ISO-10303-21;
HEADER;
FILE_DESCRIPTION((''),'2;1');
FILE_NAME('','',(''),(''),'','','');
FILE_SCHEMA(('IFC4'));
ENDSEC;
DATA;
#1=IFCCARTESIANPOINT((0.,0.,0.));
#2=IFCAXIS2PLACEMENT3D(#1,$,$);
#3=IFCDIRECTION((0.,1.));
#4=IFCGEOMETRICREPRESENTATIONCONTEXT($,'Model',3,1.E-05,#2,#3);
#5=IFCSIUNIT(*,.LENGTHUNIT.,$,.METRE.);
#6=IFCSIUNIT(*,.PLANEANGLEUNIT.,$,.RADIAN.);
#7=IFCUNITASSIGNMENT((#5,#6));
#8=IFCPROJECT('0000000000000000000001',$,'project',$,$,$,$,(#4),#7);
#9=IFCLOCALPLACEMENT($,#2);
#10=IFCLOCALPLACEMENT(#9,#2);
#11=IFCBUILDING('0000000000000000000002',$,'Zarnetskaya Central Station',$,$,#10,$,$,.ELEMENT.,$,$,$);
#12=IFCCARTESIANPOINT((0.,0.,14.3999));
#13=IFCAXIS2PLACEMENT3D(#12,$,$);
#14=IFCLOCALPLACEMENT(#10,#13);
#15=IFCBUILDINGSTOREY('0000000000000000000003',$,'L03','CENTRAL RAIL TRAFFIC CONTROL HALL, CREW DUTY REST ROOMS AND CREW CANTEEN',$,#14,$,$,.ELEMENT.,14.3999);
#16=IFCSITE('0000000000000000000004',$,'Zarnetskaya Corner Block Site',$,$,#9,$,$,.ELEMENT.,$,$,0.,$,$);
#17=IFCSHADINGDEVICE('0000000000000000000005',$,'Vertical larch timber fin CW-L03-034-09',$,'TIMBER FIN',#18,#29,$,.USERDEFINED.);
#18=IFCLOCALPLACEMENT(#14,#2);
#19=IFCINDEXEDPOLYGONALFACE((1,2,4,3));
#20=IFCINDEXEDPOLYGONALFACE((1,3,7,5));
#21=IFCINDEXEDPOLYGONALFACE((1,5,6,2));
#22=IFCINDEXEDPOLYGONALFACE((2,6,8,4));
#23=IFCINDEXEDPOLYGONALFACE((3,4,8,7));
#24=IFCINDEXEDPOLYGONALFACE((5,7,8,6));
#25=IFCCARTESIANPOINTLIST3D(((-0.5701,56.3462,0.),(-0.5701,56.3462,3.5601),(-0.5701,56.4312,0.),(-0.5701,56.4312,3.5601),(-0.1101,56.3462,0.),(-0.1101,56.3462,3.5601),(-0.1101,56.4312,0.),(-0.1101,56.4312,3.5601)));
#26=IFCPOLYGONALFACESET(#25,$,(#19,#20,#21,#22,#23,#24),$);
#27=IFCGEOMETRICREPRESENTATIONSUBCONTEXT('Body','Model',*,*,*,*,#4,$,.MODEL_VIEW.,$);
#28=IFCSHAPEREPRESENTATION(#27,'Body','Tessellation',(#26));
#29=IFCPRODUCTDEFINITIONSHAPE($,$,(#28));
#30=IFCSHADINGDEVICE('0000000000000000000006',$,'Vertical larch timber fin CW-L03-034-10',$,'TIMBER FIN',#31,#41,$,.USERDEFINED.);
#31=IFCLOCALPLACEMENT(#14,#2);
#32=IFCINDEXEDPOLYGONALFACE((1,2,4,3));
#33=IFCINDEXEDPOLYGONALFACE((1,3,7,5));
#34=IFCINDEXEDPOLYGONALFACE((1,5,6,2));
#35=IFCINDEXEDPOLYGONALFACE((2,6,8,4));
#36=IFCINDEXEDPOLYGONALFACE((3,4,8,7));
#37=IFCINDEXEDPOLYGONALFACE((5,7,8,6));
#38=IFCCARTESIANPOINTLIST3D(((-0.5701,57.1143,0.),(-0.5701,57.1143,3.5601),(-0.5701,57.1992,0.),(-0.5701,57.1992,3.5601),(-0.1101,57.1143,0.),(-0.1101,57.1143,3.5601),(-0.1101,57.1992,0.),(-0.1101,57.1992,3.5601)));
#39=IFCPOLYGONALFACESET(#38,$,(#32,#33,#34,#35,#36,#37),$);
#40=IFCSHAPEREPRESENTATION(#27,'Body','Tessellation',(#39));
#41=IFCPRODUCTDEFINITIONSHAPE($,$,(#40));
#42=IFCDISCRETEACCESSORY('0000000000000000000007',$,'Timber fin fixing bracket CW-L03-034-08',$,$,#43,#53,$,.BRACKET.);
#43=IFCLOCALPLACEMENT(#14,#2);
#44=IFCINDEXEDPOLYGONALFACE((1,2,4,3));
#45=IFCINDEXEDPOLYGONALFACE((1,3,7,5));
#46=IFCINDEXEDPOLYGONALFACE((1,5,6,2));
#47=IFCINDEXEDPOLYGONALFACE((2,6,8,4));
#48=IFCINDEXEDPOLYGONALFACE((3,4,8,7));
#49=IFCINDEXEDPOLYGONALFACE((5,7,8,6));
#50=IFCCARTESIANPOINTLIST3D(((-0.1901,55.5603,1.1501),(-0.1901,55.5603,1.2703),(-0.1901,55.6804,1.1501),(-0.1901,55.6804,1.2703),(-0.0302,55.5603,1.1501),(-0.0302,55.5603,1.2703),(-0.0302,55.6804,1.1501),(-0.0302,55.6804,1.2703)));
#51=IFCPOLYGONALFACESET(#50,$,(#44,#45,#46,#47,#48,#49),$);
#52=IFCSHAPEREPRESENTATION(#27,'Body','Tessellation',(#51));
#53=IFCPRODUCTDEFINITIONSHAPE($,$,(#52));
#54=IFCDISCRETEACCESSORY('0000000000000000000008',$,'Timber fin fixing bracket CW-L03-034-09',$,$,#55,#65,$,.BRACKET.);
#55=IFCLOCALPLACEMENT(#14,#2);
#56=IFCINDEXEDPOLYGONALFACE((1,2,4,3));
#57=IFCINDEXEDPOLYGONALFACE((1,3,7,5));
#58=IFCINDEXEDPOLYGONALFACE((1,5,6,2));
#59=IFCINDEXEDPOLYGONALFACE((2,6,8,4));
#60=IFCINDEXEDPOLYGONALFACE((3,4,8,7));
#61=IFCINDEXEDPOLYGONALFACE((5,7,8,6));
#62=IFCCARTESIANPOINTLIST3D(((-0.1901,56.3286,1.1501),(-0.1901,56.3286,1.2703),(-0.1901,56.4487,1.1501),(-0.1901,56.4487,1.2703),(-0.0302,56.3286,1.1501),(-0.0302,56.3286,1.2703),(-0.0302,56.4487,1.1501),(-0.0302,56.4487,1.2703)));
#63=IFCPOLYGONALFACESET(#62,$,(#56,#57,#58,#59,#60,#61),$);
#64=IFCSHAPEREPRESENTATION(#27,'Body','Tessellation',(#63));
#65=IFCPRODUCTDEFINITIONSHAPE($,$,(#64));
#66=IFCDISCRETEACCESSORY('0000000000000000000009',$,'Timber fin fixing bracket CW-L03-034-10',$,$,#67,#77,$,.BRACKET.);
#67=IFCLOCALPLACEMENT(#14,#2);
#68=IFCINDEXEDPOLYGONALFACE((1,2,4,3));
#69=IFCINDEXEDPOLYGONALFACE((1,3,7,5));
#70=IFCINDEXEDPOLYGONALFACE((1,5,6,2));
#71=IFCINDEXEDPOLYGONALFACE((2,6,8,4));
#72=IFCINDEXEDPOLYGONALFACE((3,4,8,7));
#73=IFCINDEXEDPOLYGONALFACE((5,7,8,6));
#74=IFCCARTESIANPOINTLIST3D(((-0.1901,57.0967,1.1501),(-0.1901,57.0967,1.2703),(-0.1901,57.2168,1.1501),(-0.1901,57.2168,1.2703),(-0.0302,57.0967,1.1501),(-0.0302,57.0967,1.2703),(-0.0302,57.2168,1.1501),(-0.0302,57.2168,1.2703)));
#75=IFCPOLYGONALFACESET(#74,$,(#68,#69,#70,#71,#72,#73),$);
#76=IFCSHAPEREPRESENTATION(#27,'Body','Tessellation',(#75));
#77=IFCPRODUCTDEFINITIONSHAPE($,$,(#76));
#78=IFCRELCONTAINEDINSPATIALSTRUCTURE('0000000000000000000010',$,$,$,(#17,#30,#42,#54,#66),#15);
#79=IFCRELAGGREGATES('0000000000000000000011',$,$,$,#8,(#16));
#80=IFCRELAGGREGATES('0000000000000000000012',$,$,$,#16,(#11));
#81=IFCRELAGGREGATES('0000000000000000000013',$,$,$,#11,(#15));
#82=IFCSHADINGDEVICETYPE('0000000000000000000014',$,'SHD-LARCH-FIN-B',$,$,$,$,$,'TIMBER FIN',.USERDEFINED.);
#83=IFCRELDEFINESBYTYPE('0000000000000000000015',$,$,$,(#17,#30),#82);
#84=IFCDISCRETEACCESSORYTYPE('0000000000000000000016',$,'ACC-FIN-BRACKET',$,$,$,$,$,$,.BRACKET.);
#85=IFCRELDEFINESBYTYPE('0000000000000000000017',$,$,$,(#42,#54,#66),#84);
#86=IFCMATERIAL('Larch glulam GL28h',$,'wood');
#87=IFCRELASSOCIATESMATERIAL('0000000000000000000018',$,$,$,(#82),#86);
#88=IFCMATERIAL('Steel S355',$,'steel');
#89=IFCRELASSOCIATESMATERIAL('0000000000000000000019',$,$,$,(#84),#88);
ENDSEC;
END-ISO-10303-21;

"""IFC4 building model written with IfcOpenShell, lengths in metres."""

from ifc_helpers import new_model, si_unit, direction, frame, origin, origin_2d, place, context, subcontext, project, spatial, rectangle, extrude, material, type_object, element, save


model = new_model("IFC4")

# Units and contexts
model_context = context("Model", 3, precision=1e-05, world=origin(), true_north=direction((0.0, 1.0)))
body_context = subcontext(model_context, "Body", "Model", "MODEL_VIEW")
ifc_project = project(units=[si_unit("LENGTHUNIT", "METRE"), si_unit("PLANEANGLEUNIT", "RADIAN")], contexts=[model_context])

# Site, building, storey
site_placement = place(None, origin())
site = spatial("IfcSite", under=ifc_project, at=site_placement, Name="Zarnetskaya Corner Block Site", CompositionType="ELEMENT", RefElevation=0.0)
building_placement = place(site_placement, origin())
building = spatial("IfcBuilding", under=site, at=building_placement, Name="Zarnetskaya Central Station", CompositionType="ELEMENT")
storey_placement = place(building_placement, frame((0.0, 0.0, 14.3999)))
storey = spatial("IfcBuildingStorey", under=building, at=storey_placement, Name="L03", Description="CENTRAL RAIL TRAFFIC CONTROL HALL, CREW DUTY REST ROOMS AND CREW CANTEEN", CompositionType="ELEMENT", Elevation=14.3999)

# Shared definitions
ifc_material_1 = material(Name="Steel S355", Category="steel")

# Shading devices
ifc_material_2 = material(Name="Larch glulam GL28h", Category="wood")
shading_device_type = type_object("IfcShadingDeviceType", Name="SHD-LARCH-FIN-B", ElementType="TIMBER FIN", PredefinedType="USERDEFINED", material=ifc_material_2)
for number, where, z_axis, x_axis, name in (
    (1, (-0.3401, 56.3887, 0.0), (0.0, 0.0, 1.0), (0.0, 1.0, 0.0), "Vertical larch timber fin CW-L03-034-09"),
    (2, (-0.3401, 57.1567, 0.0), (0.0, 0.0, 1.0), (0.0, 1.0, 0.0), "Vertical larch timber fin CW-L03-034-10"),
):
    element("IfcShadingDevice", number, at=place(storey_placement, frame(where, z_axis=z_axis, x_axis=x_axis)), inside=storey, type_object=shading_device_type, Name=name, ObjectType="TIMBER FIN", PredefinedType="USERDEFINED", context=body_context, shape_type="SweptSolid", body=[
        extrude(rectangle(XDim=0.085, YDim=0.46, at=origin_2d()), origin(), (0.0, 0.0, 1.0), 3.5601),
    ])

# Discrete accessories
discrete_accessory_type = type_object("IfcDiscreteAccessoryType", Name="ACC-FIN-BRACKET", PredefinedType="BRACKET", material=ifc_material_1)
for number, where, z_axis, x_axis, name in (
    (3, (-0.1101, 55.6204, 1.1501), (0.0, 0.0, 1.0), (0.0, 1.0, 0.0), "Timber fin fixing bracket CW-L03-034-08"),
    (4, (-0.1101, 56.3887, 1.1501), (0.0, 0.0, 1.0), (0.0, 1.0, 0.0), "Timber fin fixing bracket CW-L03-034-09"),
    (5, (-0.1101, 57.1567, 1.1501), (0.0, 0.0, 1.0), (0.0, 1.0, 0.0), "Timber fin fixing bracket CW-L03-034-10"),
):
    element("IfcDiscreteAccessory", number, at=place(storey_placement, frame(where, z_axis=z_axis, x_axis=x_axis)), inside=storey, type_object=discrete_accessory_type, Name=name, PredefinedType="BRACKET", context=body_context, shape_type="SweptSolid", body=[
        extrude(rectangle(XDim=0.1201, YDim=0.1599, at=origin_2d()), origin(), (0.0, 0.0, 1.0), 0.1201),
    ])

save(model, "model.ifc")
